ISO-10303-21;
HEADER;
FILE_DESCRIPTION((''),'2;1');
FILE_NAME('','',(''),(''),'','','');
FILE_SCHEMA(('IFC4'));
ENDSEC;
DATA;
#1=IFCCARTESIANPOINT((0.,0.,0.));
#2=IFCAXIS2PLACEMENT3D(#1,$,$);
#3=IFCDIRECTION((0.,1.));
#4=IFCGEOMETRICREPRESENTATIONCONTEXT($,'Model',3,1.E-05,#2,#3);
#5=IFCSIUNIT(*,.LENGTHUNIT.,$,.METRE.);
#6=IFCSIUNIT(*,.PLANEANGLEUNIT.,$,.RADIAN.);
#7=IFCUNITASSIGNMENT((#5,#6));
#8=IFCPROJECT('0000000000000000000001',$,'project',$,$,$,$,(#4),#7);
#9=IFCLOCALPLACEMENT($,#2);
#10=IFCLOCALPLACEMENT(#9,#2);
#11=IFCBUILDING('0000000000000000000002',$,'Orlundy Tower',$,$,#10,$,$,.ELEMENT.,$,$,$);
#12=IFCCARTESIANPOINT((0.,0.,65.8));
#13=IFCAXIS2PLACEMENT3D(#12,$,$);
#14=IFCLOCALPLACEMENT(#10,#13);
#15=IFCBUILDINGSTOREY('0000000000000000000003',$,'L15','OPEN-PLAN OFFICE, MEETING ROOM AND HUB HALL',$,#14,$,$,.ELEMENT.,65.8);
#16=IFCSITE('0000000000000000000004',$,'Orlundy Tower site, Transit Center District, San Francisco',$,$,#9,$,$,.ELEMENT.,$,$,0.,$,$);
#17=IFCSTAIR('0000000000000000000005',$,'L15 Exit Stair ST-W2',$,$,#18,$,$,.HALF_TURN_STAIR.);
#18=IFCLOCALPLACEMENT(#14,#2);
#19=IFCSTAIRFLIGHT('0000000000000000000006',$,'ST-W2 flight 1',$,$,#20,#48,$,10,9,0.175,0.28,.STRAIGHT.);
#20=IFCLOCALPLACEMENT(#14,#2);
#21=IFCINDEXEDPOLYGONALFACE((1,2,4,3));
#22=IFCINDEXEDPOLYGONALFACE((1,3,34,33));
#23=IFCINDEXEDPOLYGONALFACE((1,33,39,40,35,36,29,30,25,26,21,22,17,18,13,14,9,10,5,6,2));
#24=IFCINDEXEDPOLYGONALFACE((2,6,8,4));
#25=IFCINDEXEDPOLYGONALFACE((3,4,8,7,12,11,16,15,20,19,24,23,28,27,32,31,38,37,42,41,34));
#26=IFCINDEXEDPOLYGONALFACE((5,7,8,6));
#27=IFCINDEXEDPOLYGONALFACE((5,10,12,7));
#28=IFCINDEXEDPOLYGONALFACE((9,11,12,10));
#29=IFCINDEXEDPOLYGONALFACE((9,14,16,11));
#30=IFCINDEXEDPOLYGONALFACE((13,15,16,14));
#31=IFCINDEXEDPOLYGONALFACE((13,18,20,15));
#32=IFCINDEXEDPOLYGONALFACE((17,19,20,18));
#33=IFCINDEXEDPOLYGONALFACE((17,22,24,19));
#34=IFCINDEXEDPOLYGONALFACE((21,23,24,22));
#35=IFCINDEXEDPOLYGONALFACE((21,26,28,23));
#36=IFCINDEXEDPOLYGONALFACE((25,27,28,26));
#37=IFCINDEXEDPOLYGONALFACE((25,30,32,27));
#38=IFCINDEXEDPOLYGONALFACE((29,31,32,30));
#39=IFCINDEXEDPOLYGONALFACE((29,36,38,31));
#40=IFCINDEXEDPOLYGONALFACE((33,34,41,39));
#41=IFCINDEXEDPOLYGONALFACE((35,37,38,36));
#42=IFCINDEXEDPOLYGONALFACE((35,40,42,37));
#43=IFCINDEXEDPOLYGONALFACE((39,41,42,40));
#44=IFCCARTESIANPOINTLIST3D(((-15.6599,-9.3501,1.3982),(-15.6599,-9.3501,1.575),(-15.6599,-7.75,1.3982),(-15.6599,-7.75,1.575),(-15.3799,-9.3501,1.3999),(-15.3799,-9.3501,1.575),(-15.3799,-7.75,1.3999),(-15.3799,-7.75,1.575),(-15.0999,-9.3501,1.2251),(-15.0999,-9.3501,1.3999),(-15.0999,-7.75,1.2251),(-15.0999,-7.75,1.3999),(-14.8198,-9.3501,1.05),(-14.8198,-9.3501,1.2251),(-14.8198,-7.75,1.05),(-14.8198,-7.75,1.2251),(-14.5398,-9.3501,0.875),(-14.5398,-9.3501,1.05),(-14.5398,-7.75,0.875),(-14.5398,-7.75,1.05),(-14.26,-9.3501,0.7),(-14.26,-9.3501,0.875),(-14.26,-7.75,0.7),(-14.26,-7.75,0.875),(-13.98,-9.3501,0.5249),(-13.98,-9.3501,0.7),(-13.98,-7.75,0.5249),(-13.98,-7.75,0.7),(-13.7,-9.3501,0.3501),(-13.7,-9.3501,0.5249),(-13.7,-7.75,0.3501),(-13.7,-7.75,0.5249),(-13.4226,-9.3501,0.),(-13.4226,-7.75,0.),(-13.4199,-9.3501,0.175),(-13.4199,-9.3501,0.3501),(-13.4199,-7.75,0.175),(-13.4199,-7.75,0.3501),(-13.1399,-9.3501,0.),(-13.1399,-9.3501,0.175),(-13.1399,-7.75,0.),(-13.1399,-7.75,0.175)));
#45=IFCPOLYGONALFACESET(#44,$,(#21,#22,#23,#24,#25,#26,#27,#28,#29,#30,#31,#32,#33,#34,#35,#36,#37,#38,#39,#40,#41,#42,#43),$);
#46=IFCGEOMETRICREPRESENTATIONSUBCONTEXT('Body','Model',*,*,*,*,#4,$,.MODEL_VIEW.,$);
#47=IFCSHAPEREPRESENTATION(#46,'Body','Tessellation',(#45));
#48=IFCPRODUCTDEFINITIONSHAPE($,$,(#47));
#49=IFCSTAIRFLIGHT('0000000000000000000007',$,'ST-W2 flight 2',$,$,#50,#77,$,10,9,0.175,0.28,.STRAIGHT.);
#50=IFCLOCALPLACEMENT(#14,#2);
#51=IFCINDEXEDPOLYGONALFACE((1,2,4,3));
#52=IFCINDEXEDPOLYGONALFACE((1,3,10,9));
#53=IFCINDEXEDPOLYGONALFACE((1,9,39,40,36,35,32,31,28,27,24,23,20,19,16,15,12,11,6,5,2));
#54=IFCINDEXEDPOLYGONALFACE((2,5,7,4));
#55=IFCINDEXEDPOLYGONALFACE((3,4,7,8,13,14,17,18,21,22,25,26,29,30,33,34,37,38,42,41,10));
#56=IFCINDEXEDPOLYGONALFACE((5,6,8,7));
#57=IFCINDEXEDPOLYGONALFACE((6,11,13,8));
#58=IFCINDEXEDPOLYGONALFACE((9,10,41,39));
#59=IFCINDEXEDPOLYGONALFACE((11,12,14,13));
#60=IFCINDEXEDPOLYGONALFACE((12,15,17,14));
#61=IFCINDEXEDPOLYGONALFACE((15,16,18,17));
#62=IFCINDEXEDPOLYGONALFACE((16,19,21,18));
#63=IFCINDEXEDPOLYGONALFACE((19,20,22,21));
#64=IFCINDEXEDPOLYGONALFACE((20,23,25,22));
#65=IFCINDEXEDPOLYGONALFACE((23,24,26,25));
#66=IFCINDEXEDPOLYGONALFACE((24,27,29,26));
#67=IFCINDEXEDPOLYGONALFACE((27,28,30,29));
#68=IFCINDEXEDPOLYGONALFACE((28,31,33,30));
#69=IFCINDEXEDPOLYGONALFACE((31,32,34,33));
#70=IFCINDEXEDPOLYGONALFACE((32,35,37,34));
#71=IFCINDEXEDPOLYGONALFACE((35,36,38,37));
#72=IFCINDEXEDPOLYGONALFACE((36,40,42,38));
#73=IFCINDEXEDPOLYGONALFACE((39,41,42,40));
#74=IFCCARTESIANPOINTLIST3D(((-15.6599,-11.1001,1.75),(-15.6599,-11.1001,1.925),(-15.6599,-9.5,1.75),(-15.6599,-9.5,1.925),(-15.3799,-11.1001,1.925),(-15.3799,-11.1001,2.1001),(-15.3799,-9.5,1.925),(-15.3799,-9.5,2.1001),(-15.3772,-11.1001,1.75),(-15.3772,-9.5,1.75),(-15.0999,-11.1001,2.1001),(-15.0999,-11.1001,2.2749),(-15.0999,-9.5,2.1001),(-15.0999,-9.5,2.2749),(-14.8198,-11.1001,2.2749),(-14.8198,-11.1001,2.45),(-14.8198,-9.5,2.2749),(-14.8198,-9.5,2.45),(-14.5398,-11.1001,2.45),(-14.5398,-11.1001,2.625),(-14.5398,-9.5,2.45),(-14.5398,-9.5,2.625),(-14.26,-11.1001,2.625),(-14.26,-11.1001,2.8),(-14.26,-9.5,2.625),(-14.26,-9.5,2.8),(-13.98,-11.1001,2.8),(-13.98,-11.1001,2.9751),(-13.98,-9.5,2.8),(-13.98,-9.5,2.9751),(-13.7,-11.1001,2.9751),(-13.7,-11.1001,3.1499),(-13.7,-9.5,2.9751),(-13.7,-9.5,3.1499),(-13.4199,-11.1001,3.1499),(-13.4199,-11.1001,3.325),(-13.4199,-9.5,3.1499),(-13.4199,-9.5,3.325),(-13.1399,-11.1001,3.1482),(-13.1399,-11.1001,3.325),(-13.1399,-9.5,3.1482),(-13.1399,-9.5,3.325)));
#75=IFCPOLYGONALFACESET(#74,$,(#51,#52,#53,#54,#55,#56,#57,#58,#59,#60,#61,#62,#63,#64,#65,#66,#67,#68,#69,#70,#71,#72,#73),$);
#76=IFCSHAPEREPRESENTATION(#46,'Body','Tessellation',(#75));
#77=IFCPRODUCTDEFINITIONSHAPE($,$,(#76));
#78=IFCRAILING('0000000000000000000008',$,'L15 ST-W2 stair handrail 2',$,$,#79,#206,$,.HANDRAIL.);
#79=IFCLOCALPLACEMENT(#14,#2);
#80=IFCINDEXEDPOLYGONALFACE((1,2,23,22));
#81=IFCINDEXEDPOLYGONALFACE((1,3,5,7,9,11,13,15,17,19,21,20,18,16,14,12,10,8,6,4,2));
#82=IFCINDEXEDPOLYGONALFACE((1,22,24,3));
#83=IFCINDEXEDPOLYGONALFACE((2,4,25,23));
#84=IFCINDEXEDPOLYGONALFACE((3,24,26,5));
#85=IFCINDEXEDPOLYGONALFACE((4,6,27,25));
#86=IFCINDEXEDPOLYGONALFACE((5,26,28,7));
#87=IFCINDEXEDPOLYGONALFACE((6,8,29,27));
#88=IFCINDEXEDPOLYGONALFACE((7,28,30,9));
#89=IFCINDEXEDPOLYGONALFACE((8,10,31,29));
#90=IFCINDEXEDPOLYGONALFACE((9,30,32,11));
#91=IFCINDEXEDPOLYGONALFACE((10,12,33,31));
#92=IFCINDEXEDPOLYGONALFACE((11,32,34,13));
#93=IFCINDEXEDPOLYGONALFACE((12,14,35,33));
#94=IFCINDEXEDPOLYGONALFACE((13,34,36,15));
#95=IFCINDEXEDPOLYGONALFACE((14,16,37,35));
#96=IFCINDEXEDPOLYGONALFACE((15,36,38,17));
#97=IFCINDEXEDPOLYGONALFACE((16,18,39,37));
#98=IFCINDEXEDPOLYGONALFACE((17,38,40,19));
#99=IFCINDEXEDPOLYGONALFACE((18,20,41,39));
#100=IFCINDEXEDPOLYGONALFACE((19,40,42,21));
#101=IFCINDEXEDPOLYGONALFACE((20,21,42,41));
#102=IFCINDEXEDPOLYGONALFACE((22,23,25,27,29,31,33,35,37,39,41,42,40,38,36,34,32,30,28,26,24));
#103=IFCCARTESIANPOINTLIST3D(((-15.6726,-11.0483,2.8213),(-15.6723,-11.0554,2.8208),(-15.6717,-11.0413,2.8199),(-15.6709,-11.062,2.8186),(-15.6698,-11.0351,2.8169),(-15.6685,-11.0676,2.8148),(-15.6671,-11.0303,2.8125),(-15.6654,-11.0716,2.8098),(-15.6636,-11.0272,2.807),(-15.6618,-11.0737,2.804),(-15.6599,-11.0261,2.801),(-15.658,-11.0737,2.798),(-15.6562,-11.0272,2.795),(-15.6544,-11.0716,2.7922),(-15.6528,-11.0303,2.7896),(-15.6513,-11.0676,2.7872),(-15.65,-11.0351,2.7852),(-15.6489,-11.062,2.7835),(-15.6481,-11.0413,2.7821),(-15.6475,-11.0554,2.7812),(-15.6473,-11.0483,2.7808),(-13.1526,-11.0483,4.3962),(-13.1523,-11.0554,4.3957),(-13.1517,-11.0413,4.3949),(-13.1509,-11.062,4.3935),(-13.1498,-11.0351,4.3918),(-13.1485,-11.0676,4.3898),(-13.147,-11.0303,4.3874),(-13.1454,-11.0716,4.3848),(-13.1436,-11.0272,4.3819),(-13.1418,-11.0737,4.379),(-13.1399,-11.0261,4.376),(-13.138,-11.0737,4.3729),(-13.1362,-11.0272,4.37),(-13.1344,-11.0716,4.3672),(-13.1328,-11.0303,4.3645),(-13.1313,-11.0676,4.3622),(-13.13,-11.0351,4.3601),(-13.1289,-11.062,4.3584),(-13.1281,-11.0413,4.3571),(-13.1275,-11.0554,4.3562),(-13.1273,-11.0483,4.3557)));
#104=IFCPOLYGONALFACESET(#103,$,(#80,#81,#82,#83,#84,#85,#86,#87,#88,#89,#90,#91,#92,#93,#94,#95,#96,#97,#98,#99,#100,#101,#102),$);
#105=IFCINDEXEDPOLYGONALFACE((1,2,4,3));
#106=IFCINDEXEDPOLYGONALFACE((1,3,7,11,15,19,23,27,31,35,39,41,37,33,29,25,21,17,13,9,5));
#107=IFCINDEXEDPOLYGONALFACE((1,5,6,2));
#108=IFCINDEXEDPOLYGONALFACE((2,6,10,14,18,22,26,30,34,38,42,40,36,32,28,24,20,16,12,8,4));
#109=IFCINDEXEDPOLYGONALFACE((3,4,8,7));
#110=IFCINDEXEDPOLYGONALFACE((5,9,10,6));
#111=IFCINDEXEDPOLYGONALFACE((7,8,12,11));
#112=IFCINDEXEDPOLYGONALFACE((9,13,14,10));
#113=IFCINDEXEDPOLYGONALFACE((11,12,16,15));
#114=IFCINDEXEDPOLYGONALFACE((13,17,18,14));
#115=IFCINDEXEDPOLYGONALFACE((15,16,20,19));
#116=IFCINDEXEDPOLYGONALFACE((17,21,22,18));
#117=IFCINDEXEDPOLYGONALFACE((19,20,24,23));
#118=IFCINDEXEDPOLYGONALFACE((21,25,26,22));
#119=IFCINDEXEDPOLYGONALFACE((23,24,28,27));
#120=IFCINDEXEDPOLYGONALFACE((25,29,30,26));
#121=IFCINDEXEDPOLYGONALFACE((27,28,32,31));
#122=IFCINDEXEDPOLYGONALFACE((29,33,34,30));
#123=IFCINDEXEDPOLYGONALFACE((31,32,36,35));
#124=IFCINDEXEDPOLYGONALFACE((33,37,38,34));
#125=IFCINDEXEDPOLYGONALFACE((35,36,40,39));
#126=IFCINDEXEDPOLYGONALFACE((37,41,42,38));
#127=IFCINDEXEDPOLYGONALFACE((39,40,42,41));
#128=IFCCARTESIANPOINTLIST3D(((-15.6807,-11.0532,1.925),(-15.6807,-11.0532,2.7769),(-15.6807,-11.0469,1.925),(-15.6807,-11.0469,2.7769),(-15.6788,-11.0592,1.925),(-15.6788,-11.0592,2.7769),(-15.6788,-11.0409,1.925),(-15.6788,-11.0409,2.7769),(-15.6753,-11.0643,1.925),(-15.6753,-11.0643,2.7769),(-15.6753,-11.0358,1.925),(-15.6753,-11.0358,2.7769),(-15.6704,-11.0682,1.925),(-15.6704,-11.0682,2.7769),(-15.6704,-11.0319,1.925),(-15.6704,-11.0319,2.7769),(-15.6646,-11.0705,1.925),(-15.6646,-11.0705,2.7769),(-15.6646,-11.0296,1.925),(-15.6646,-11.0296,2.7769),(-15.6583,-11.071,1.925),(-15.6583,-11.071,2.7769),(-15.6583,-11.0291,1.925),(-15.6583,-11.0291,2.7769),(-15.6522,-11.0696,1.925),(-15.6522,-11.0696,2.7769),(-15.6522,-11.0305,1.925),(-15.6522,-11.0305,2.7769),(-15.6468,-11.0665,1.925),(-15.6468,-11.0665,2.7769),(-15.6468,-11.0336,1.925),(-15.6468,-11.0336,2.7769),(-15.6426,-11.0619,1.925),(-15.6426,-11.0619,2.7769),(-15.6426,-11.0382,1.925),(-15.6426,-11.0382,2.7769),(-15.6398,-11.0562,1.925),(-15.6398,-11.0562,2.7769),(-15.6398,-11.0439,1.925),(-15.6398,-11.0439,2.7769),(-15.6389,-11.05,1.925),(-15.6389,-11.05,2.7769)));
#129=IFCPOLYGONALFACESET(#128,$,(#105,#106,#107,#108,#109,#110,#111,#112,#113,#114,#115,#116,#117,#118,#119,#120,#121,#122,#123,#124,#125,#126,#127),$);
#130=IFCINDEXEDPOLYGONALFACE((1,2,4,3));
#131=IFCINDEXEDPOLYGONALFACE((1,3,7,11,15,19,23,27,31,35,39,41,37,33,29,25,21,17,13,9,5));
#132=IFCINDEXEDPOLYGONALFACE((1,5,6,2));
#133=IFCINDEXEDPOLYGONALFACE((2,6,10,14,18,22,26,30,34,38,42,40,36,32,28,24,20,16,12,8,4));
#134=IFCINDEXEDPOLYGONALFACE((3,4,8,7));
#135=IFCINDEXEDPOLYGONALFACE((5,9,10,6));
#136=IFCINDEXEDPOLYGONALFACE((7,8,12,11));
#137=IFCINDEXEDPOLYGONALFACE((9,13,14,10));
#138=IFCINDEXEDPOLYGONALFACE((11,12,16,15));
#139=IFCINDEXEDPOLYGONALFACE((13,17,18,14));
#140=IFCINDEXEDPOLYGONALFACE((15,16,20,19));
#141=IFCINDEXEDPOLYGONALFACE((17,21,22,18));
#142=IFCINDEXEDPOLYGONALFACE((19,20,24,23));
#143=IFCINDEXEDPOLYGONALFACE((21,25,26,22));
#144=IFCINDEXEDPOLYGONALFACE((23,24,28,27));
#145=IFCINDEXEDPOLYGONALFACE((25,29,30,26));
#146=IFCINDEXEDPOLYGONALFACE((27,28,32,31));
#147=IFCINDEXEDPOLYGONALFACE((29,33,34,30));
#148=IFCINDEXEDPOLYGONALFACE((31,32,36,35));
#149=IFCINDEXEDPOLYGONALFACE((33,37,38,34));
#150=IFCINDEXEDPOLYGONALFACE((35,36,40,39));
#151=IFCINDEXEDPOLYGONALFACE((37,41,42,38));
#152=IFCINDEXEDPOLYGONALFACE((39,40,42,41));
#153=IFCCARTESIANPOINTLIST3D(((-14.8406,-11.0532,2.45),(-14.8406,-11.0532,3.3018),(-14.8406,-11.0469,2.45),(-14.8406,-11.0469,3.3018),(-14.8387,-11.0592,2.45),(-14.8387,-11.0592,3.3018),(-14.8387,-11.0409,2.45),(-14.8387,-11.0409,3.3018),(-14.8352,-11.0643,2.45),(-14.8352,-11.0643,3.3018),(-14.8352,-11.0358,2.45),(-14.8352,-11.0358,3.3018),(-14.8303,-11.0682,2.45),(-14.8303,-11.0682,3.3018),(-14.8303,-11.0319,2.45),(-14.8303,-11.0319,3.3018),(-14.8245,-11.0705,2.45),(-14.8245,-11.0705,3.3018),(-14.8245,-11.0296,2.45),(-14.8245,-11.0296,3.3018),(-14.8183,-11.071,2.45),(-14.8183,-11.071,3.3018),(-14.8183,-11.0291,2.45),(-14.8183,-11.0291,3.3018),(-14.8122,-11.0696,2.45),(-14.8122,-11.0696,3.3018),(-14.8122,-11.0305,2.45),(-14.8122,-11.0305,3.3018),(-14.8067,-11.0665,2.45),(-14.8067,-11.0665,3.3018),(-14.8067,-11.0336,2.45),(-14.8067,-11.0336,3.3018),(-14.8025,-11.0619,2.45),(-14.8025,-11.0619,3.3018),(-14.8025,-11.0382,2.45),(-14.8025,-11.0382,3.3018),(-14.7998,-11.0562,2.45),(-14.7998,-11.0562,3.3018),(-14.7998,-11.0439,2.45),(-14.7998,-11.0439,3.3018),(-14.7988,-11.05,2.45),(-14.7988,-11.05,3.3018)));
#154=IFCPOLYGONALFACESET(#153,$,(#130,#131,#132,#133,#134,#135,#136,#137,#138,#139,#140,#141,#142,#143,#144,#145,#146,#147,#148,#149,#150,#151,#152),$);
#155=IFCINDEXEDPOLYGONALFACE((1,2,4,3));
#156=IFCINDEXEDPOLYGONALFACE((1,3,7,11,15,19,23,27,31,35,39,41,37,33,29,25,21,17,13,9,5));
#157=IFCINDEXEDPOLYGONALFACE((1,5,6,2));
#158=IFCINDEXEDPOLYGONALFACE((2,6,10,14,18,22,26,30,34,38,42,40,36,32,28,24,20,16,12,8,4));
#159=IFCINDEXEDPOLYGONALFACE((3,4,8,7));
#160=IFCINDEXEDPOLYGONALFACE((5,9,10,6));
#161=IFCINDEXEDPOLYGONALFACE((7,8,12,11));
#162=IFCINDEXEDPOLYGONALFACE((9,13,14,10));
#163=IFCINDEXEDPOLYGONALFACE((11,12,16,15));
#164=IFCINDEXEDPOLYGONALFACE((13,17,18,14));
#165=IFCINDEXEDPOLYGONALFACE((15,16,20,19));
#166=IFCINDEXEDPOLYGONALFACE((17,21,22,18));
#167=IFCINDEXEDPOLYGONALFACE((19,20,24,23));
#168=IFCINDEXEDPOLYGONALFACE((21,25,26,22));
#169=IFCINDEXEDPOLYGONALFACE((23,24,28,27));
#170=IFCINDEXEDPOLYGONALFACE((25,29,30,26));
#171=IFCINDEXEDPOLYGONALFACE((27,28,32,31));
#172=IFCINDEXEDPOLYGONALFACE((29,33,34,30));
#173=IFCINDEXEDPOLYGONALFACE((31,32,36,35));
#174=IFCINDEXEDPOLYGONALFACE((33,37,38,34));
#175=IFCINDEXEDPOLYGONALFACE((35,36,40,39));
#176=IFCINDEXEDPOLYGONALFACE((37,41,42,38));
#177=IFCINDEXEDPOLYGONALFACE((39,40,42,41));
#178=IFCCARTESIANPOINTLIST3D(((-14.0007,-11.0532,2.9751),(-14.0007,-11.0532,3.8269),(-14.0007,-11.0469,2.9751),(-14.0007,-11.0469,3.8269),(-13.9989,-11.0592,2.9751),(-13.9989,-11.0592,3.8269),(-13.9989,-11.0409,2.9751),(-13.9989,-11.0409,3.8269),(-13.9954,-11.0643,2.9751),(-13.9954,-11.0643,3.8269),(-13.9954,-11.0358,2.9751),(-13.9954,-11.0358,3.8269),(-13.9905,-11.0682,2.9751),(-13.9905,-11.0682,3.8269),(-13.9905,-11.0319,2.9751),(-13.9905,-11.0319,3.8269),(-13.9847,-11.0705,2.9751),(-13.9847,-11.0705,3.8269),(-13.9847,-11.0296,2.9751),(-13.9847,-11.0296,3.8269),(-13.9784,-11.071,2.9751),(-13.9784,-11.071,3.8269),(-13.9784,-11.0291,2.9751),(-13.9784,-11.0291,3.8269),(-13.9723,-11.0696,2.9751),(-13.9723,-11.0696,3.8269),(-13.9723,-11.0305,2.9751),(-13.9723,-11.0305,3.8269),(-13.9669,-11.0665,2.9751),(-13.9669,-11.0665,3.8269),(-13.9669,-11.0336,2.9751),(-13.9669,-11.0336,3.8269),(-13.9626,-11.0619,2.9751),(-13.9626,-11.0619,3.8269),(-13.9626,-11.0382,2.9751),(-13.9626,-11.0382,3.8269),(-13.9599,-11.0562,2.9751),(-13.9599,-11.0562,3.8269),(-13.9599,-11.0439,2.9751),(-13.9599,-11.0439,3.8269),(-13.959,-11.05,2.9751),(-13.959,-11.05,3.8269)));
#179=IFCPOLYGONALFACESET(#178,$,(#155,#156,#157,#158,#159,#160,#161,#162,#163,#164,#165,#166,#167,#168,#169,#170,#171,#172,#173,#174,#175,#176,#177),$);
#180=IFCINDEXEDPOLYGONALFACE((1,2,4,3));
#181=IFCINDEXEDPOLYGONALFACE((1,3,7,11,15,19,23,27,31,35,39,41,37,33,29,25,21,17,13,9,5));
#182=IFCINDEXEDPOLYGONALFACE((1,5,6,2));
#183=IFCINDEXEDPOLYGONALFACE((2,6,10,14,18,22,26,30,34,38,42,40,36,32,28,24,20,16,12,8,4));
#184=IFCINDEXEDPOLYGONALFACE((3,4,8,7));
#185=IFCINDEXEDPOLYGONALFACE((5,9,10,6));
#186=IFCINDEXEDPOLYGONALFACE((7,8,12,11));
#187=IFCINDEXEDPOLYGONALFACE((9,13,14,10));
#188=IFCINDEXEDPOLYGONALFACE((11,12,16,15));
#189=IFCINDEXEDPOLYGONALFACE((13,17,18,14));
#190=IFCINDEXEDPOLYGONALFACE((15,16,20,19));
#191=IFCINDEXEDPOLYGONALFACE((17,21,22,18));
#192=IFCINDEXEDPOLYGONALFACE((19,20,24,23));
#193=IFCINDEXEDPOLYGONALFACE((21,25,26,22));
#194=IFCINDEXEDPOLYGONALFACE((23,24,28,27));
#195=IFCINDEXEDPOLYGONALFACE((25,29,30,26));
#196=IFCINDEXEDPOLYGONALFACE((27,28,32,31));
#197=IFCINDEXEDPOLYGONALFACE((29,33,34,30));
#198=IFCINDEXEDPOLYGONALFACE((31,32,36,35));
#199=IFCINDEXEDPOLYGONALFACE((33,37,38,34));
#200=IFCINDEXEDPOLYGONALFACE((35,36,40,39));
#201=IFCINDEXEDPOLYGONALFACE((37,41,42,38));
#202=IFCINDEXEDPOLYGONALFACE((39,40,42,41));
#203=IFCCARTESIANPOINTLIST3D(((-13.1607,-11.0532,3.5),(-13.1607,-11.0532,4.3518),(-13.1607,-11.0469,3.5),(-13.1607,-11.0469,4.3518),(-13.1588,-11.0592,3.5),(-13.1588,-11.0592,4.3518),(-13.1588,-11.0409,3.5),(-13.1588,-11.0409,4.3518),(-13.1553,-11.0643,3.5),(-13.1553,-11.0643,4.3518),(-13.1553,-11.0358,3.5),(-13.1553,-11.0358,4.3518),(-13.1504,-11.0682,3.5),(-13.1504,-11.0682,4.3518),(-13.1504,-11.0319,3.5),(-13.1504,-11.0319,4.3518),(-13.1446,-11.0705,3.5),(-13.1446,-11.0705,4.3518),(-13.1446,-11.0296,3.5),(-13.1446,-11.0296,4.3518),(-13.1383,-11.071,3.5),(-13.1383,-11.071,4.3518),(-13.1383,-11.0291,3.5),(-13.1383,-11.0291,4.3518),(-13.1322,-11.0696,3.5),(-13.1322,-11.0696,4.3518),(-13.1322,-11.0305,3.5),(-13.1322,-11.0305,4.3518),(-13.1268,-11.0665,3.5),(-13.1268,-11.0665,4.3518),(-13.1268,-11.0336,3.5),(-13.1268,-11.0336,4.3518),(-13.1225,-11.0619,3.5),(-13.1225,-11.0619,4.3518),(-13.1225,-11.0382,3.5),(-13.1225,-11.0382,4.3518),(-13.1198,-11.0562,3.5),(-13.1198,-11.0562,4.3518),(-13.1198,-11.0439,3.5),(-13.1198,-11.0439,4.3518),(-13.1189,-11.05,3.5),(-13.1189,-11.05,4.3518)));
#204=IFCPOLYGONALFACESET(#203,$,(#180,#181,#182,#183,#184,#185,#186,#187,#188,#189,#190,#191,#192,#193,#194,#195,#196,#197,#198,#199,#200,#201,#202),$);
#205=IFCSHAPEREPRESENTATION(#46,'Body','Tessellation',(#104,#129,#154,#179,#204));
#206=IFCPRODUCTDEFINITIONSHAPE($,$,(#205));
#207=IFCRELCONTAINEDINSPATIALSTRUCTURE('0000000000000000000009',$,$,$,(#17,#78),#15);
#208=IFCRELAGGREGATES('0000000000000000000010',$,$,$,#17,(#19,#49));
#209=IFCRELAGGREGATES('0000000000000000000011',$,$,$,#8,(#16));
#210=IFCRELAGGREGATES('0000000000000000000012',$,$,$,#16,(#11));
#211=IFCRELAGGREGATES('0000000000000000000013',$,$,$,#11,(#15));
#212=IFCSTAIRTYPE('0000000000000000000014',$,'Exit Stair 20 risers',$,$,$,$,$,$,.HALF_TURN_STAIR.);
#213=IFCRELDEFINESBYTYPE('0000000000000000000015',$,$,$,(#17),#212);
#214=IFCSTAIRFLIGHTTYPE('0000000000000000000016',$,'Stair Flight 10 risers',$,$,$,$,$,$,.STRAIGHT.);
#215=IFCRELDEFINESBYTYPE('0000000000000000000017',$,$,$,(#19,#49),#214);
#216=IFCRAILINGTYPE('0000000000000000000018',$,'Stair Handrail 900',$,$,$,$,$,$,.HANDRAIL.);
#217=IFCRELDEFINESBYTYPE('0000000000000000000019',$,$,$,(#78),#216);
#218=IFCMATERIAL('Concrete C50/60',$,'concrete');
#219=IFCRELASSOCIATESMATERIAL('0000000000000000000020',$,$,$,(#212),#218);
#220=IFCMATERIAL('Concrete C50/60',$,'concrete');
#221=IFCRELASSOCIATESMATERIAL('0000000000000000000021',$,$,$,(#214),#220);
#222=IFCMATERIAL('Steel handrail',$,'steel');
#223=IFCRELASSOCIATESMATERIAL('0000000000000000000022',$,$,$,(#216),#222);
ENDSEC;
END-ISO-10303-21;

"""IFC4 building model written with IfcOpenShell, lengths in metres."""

from ifc_helpers import new_model, si_unit, direction, frame, origin, origin_2d, place, context, subcontext, project, spatial, polyline, circle, outline, extrude, material, type_object, element, aggregate, save


model = new_model("IFC4")

# Units and contexts
model_context = context("Model", 3, precision=1e-05, world=origin(), true_north=direction((0.0, 1.0)))
body_context = subcontext(model_context, "Body", "Model", "MODEL_VIEW")
ifc_project = project(units=[si_unit("LENGTHUNIT", "METRE"), si_unit("PLANEANGLEUNIT", "RADIAN")], contexts=[model_context])

# Site, building, storey
site_placement = place(None, origin())
site = spatial("IfcSite", under=ifc_project, at=site_placement, Name="Orlundy Tower site, Transit Center District, San Francisco", CompositionType="ELEMENT", RefElevation=0.0)
building_placement = place(site_placement, origin())
building = spatial("IfcBuilding", under=site, at=building_placement, Name="Orlundy Tower", CompositionType="ELEMENT")
storey_placement = place(building_placement, frame((0.0, 0.0, 65.8)))
storey = spatial("IfcBuildingStorey", under=building, at=storey_placement, Name="L15", Description="OPEN-PLAN OFFICE, MEETING ROOM AND HUB HALL", CompositionType="ELEMENT", Elevation=65.8)

# Stair, stair flights
ifc_material_1 = material(Name="Concrete C50/60", Category="concrete")
stair_type = type_object("IfcStairType", Name="Exit Stair 20 risers", PredefinedType="HALF_TURN_STAIR", material=ifc_material_1)
stair_placement = place(storey_placement, origin())
stair = element("IfcStair", 1, at=stair_placement, inside=storey, type_object=stair_type, Name="L15 Exit Stair ST-W2", PredefinedType="HALF_TURN_STAIR")
ifc_material_2 = material(Name="Concrete C50/60", Category="concrete")
stair_flight_type = type_object("IfcStairFlightType", Name="Stair Flight 10 risers", PredefinedType="STRAIGHT", material=ifc_material_2)
stair_flight_1_placement = place(storey_placement, frame((-13.1399, -8.55, 0.0), z_axis=(0.0, 0.0, 1.0), x_axis=(-1.0, 0.0, 0.0)))
stair_flight_1 = element("IfcStairFlight", 2, at=stair_flight_1_placement, type_object=stair_flight_type, Name="ST-W2 flight 1", NumberOfRisers=10, NumberOfTreads=9, PredefinedType="STRAIGHT", RiserHeight=0.175, TreadLength=0.28, context=body_context, shape_type="SweptSolid", body=[
    extrude(outline(polyline([(0.0, 0.0), (0.0, 0.175), (0.28, 0.175), (0.28, 0.3501), (0.5601, 0.3501), (0.5601, 0.5249), (0.8401, 0.5249), (0.8401, 0.7), (1.1201, 0.7), (1.1201, 0.875), (1.3999, 0.875), (1.3999, 1.05), (1.6799, 1.05), (1.6799, 1.2251), (1.96, 1.2251), (1.96, 1.3999), (2.24, 1.3999), (2.24, 1.575), (2.52, 1.575), (2.52, 1.75), (2.52, 1.3982), (0.2827, 0.0), (0.0, 0.0)])), frame((0.0, 0.8, 0.0), z_axis=(0.0, -1.0, 0.0), x_axis=(1.0, 0.0, 0.0)), (0.0, 0.0, 1.0), 1.6001),
])
stair_flight_2_placement = place(storey_placement, frame((-15.6599, -10.3, 1.75), z_axis=(0.0, 0.0, 1.0), x_axis=(1.0, 0.0, 0.0)))
stair_flight_2 = element("IfcStairFlight", 3, at=stair_flight_2_placement, type_object=stair_flight_type, Name="ST-W2 flight 2", NumberOfRisers=10, NumberOfTreads=9, PredefinedType="STRAIGHT", RiserHeight=0.175, TreadLength=0.28, context=body_context, shape_type="SweptSolid", body=[
    extrude(outline(polyline([(0.0, 0.0), (0.0, 0.175), (0.28, 0.175), (0.28, 0.3501), (0.5601, 0.3501), (0.5601, 0.5249), (0.8401, 0.5249), (0.8401, 0.7), (1.1201, 0.7), (1.1201, 0.875), (1.3999, 0.875), (1.3999, 1.05), (1.6799, 1.05), (1.6799, 1.2251), (1.96, 1.2251), (1.96, 1.3999), (2.24, 1.3999), (2.24, 1.575), (2.52, 1.575), (2.52, 1.75), (2.52, 1.3982), (0.2827, 0.0), (0.0, 0.0)])), frame((0.0, 0.8, 0.0), z_axis=(0.0, -1.0, 0.0), x_axis=(1.0, 0.0, 0.0)), (0.0, 0.0, 1.0), 1.6001),
])
aggregate(stair, [stair_flight_1, stair_flight_2])

# Railing
ifc_material_3 = material(Name="Steel handrail", Category="steel")
railing_type = type_object("IfcRailingType", Name="Stair Handrail 900", PredefinedType="HANDRAIL", material=ifc_material_3)
railing_placement = place(storey_placement, frame((-15.6599, -11.05, 1.925)))
element("IfcRailing", 4, at=railing_placement, inside=storey, type_object=railing_type, Name="L15 ST-W2 stair handrail 2", PredefinedType="HANDRAIL", context=body_context, shape_type="SweptSolid", body=[
    extrude(circle(Radius=0.0239, at=origin_2d()), frame((0.0, 0.0, 0.876), z_axis=(0.848008, 0.0, 0.529984), x_axis=(0.0, 1.0, 0.0)), (0.0, 0.0, 1.0), 2.9717),
    extrude(circle(Radius=0.021, at=origin_2d()), origin(), (0.0, 0.0, 1.0), 0.8518),
    extrude(circle(Radius=0.021, at=origin_2d()), frame((0.8401, 0.0, 0.5249)), (0.0, 0.0, 1.0), 0.8518),
    extrude(circle(Radius=0.021, at=origin_2d()), frame((1.6799, 0.0, 1.05)), (0.0, 0.0, 1.0), 0.8518),
    extrude(circle(Radius=0.021, at=origin_2d()), frame((2.52, 0.0, 1.575)), (0.0, 0.0, 1.0), 0.8518),
])

save(model, "model.ifc")
